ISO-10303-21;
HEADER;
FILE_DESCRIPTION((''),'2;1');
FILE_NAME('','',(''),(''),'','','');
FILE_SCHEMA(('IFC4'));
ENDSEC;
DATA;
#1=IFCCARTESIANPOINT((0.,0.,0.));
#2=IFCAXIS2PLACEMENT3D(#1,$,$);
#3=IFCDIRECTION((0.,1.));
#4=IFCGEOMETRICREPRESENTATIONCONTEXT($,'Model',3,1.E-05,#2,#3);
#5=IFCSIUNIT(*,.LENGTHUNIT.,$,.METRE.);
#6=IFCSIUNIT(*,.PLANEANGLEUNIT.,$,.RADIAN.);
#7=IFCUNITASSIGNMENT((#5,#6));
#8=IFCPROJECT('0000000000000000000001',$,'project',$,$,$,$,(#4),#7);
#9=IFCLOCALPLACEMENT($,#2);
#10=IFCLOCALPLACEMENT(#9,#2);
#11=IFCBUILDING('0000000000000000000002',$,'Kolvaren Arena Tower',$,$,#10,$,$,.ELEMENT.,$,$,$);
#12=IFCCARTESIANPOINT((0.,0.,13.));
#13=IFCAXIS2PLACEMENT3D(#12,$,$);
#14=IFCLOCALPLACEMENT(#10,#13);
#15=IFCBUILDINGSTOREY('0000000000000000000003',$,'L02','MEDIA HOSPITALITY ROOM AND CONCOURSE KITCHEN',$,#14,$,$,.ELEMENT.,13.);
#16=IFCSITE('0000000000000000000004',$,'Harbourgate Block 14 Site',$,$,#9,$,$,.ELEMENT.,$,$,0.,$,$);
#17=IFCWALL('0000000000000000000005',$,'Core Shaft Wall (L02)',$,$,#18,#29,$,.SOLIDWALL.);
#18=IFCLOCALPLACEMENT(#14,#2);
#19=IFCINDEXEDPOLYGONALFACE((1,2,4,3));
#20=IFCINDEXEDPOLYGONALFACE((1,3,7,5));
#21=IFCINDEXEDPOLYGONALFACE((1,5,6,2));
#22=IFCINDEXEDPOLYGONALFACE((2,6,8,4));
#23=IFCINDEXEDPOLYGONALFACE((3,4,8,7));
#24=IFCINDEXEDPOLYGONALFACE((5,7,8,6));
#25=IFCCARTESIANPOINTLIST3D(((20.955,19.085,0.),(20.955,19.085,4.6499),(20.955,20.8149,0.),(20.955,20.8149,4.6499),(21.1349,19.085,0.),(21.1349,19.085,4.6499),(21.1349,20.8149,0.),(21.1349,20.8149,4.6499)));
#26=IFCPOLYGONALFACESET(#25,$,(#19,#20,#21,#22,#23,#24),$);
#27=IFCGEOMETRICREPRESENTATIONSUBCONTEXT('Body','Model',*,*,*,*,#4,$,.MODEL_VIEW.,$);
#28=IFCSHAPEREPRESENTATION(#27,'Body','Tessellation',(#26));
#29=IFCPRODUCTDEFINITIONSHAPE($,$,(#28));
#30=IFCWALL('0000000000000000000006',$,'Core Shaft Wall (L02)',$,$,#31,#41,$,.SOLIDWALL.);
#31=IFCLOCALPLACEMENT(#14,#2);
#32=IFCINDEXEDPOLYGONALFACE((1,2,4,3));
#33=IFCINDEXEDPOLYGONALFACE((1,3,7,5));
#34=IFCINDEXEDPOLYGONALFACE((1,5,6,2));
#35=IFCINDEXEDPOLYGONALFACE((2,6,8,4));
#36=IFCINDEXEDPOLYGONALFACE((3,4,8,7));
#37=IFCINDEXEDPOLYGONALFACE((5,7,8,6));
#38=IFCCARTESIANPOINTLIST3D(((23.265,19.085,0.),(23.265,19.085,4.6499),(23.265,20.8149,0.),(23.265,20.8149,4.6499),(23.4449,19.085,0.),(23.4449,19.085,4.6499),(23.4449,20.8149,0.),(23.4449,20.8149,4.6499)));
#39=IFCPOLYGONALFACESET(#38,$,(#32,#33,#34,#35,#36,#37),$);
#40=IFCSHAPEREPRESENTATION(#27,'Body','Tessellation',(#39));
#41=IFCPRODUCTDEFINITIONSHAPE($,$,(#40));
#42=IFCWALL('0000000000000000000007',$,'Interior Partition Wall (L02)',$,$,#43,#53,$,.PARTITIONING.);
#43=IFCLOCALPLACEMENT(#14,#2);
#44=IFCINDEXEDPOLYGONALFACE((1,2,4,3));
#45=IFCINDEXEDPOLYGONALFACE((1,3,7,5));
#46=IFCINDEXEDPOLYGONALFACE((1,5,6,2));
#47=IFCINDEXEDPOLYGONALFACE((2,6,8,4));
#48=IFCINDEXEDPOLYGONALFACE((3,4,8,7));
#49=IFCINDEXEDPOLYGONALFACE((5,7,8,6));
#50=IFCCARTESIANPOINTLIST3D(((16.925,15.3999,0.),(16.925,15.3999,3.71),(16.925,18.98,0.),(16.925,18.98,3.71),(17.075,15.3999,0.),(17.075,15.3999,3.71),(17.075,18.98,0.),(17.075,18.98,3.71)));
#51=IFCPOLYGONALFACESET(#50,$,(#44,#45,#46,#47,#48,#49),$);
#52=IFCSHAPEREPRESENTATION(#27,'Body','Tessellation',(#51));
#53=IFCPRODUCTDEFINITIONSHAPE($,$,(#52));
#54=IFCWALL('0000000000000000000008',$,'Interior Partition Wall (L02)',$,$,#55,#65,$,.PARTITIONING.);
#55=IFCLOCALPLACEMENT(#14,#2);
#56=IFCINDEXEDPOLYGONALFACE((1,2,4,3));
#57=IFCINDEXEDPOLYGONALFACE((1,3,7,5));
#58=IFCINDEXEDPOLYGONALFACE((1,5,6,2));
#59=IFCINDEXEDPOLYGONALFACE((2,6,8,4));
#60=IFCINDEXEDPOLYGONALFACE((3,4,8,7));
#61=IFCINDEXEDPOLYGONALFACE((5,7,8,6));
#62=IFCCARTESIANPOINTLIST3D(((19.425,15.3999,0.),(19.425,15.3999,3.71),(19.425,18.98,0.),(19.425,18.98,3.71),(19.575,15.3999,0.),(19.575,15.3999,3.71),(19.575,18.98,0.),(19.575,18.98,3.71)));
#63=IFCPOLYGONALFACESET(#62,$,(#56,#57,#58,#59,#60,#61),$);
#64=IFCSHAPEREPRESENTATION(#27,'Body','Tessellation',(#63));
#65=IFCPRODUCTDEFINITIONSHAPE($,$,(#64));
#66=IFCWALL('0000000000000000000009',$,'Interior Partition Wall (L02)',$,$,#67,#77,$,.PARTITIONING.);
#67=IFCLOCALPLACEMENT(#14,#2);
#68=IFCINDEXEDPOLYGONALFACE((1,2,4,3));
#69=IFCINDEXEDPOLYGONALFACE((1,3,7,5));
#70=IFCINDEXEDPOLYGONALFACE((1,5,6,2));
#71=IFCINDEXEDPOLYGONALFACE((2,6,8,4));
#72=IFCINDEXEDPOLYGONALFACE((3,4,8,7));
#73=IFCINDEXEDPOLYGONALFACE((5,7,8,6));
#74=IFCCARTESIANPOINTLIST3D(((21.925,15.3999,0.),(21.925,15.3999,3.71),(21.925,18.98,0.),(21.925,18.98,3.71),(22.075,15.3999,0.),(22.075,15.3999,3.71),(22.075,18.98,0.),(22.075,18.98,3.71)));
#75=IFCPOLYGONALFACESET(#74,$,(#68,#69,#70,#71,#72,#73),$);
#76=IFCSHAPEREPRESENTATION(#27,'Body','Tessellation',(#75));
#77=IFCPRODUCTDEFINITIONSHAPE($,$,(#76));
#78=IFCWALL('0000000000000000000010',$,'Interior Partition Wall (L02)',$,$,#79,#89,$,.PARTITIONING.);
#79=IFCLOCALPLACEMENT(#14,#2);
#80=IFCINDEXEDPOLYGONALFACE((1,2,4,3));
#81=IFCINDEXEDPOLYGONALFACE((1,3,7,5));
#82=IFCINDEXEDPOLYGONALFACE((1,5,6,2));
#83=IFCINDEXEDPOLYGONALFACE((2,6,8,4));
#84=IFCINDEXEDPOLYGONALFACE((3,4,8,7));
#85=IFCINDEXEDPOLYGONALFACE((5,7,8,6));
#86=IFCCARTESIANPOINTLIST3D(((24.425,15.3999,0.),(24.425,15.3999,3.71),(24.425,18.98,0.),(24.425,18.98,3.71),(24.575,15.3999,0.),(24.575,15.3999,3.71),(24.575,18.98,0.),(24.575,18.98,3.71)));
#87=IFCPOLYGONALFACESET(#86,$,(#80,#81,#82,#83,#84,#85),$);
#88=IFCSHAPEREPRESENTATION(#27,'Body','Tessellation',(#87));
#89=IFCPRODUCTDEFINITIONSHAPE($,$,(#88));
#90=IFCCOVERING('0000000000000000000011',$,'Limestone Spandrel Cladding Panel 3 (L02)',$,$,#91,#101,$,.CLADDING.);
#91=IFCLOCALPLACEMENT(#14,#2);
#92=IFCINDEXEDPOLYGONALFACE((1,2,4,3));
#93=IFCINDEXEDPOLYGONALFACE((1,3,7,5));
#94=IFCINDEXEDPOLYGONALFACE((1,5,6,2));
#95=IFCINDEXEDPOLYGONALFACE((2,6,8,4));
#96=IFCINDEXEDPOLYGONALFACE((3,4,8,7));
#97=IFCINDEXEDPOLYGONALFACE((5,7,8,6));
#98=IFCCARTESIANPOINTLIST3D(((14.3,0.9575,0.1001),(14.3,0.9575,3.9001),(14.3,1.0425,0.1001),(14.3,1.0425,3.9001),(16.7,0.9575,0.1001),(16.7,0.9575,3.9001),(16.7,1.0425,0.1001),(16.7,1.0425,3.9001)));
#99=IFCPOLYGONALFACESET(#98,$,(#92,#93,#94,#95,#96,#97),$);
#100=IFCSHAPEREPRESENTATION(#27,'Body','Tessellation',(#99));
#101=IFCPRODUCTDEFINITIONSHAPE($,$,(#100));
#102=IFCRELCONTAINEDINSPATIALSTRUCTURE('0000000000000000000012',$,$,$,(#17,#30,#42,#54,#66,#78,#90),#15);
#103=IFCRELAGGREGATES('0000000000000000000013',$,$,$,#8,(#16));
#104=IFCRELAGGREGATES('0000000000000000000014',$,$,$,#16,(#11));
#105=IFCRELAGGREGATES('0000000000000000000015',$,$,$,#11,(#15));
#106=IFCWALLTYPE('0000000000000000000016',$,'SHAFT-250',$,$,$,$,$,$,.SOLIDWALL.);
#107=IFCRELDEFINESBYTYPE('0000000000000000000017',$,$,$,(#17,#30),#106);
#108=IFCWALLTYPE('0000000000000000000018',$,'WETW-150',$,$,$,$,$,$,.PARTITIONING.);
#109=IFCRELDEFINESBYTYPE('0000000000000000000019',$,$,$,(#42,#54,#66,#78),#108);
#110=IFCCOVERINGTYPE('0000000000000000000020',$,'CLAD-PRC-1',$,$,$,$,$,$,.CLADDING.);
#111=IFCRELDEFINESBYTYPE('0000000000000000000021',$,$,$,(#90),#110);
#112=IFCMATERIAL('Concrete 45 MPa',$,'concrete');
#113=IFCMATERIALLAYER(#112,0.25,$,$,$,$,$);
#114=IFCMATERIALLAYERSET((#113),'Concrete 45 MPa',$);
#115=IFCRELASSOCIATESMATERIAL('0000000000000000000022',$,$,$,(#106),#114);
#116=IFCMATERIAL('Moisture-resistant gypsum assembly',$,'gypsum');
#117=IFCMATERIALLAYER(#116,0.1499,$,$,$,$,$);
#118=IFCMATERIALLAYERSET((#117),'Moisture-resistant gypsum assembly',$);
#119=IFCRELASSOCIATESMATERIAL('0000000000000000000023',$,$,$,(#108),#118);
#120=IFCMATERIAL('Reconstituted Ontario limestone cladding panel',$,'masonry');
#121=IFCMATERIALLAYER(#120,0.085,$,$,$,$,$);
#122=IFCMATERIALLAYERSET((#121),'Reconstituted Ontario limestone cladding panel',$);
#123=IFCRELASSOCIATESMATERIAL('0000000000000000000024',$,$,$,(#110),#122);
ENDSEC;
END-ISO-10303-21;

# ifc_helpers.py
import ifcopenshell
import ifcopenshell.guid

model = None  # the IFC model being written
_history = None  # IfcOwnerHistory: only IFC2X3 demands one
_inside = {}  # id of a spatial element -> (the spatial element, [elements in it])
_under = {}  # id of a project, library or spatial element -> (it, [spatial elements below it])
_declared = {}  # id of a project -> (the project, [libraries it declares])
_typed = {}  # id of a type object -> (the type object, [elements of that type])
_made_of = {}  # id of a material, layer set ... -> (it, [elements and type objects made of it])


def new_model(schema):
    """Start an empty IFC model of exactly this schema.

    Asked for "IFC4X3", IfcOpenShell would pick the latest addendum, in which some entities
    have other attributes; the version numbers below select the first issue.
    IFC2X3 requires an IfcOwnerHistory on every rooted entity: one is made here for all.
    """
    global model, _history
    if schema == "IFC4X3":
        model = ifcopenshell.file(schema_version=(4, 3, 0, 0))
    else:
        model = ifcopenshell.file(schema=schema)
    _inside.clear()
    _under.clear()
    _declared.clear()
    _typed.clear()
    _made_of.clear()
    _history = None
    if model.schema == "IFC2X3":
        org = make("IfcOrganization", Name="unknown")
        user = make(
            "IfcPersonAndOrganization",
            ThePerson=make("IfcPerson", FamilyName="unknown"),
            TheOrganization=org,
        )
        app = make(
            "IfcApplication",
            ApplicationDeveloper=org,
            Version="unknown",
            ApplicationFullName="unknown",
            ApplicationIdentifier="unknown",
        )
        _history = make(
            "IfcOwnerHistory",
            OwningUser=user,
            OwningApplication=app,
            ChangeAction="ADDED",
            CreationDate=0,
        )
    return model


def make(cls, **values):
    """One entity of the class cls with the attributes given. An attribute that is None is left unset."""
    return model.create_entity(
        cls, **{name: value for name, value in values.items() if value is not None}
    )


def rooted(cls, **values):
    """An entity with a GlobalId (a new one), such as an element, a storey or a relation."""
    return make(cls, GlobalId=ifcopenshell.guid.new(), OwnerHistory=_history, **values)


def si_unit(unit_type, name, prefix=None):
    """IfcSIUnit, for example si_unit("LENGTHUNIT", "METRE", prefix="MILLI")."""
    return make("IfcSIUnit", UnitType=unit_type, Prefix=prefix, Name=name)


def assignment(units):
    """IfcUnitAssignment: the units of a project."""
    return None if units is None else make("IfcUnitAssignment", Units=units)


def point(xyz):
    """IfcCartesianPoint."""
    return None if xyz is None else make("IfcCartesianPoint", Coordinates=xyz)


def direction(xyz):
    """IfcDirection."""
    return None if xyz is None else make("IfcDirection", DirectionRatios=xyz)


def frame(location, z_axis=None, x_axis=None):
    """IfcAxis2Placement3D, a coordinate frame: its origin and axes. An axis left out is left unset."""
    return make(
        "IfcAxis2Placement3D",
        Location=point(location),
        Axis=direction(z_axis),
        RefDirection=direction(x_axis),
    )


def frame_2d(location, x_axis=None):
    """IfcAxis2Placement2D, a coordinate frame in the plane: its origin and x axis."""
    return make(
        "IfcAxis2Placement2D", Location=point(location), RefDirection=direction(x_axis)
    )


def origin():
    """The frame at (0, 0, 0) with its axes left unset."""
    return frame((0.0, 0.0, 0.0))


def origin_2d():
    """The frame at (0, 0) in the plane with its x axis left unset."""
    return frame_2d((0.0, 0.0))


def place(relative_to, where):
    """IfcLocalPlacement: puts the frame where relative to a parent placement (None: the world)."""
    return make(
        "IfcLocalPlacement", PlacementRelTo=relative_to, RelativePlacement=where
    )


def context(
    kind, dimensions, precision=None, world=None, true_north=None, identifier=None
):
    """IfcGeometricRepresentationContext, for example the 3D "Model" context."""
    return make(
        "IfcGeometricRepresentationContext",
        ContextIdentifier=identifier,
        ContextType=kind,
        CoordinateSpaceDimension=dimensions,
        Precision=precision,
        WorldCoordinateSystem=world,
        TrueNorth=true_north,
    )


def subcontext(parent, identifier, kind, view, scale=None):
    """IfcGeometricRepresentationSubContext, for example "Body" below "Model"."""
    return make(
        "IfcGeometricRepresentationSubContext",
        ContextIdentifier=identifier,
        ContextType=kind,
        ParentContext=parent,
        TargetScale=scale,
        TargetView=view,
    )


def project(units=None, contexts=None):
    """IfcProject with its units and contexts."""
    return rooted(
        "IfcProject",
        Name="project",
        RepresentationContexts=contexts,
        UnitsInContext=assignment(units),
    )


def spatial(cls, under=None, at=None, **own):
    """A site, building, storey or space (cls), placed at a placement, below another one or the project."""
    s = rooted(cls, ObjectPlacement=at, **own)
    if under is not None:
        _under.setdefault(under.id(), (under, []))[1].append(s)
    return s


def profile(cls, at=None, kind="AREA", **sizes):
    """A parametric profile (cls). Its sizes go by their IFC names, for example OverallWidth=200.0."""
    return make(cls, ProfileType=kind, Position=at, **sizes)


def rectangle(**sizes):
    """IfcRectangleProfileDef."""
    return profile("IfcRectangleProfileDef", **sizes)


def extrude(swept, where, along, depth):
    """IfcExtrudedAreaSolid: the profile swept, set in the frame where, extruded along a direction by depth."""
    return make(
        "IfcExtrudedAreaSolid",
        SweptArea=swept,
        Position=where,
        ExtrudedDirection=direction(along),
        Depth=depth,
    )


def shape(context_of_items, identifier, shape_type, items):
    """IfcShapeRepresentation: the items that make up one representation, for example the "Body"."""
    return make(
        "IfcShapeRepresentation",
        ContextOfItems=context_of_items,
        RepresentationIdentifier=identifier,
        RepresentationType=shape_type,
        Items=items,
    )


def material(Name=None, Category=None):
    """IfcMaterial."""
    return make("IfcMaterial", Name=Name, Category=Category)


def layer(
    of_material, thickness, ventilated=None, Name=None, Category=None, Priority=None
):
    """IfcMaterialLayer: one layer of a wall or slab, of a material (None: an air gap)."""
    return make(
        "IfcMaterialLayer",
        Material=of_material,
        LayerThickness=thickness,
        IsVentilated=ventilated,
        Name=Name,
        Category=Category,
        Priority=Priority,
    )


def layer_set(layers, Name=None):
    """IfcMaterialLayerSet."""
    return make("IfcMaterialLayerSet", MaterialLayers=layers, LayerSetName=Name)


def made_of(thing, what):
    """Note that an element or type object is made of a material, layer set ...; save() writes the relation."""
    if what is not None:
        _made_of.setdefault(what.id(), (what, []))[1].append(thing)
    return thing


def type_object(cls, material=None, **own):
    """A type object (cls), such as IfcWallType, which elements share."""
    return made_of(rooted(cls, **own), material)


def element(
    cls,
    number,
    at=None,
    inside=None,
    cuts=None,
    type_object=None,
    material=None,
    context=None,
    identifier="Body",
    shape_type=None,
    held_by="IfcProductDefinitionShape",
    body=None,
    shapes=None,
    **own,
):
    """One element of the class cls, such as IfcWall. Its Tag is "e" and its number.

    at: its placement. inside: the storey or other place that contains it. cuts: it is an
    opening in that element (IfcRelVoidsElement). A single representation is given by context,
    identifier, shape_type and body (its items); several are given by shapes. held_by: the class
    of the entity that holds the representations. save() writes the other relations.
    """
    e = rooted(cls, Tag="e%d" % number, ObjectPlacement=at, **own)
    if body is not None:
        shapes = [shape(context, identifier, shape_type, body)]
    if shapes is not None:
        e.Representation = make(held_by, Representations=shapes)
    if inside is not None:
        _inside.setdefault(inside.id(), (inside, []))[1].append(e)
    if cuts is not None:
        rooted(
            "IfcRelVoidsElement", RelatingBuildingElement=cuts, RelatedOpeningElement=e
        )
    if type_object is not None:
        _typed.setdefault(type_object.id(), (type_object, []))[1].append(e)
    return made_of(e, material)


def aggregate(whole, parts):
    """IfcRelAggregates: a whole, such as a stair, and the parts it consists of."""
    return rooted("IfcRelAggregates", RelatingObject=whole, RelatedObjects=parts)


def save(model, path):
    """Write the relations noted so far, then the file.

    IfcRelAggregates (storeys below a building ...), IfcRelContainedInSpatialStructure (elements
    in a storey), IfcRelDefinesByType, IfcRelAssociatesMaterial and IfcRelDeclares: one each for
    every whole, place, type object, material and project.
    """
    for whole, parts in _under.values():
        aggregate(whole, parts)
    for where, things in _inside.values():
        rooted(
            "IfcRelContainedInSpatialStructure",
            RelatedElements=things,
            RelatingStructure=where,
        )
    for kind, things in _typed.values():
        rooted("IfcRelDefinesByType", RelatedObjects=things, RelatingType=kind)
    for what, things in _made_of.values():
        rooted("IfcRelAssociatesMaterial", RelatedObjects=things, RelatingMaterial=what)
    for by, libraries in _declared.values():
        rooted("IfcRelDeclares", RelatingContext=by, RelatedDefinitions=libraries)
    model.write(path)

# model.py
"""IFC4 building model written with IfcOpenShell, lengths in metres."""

from ifc_helpers import new_model, si_unit, direction, frame, frame_2d, origin, origin_2d, place, context, subcontext, project, spatial, rectangle, extrude, material, layer, layer_set, type_object, element, save


model = new_model("IFC4")

# Units and contexts
model_context = context("Model", 3, precision=1e-05, world=origin(), true_north=direction((0.0, 1.0)))
body_context = subcontext(model_context, "Body", "Model", "MODEL_VIEW")
ifc_project = project(units=[si_unit("LENGTHUNIT", "METRE"), si_unit("PLANEANGLEUNIT", "RADIAN")], contexts=[model_context])

# Site, building, storey
site_placement = place(None, origin())
site = spatial("IfcSite", under=ifc_project, at=site_placement, Name="Harbourgate Block 14 Site", CompositionType="ELEMENT", RefElevation=0.0)
building_placement = place(site_placement, origin())
building = spatial("IfcBuilding", under=site, at=building_placement, Name="Kolvaren Arena Tower", CompositionType="ELEMENT")
storey_placement = place(building_placement, frame((0.0, 0.0, 13.0)))
storey = spatial("IfcBuildingStorey", under=building, at=storey_placement, Name="L02", Description="MEDIA HOSPITALITY ROOM AND CONCOURSE KITCHEN", CompositionType="ELEMENT", Elevation=13.0)

# Walls
ifc_material_1 = material(Name="Concrete 45 MPa", Category="concrete")
ifc_layer_1 = layer(ifc_material_1, 0.25)
ifc_layer_set_1 = layer_set([ifc_layer_1], Name="Concrete 45 MPa")
wall_type_1 = type_object("IfcWallType", Name="SHAFT-250", PredefinedType="SOLIDWALL", material=ifc_layer_set_1)
for number, where, z_axis, x_axis, name in (
    (1, (21.0449, 19.085, 0.0), (0.0, 0.0, 1.0), (0.0, 1.0, 0.0), "Core Shaft Wall (L02)"),
    (2, (23.355, 19.085, 0.0), (0.0, 0.0, 1.0), (0.0, 1.0, 0.0), "Core Shaft Wall (L02)"),
):
    element("IfcWall", number, at=place(storey_placement, frame(where, z_axis=z_axis, x_axis=x_axis)), inside=storey, type_object=wall_type_1, Name=name, PredefinedType="SOLIDWALL", context=body_context, shape_type="SweptSolid", body=[
        extrude(rectangle(XDim=1.73, YDim=0.1799, at=frame_2d((0.865, 0.0))), origin(), (0.0, 0.0, 1.0), 4.6499),
    ])
ifc_material_2 = material(Name="Moisture-resistant gypsum assembly", Category="gypsum")
ifc_layer_2 = layer(ifc_material_2, 0.1499)
ifc_layer_set_2 = layer_set([ifc_layer_2], Name="Moisture-resistant gypsum assembly")
wall_type_2 = type_object("IfcWallType", Name="WETW-150", PredefinedType="PARTITIONING", material=ifc_layer_set_2)
for number, where, z_axis, x_axis, name in (
    (3, (17.0, 15.3999, 0.0), (0.0, 0.0, 1.0), (0.0, 1.0, 0.0), "Interior Partition Wall (L02)"),
    (4, (19.5, 15.3999, 0.0), (0.0, 0.0, 1.0), (0.0, 1.0, 0.0), "Interior Partition Wall (L02)"),
    (5, (22.0, 15.3999, 0.0), (0.0, 0.0, 1.0), (0.0, 1.0, 0.0), "Interior Partition Wall (L02)"),
    (6, (24.5, 15.3999, 0.0), (0.0, 0.0, 1.0), (0.0, 1.0, 0.0), "Interior Partition Wall (L02)"),
):
    element("IfcWall", number, at=place(storey_placement, frame(where, z_axis=z_axis, x_axis=x_axis)), inside=storey, type_object=wall_type_2, Name=name, PredefinedType="PARTITIONING", context=body_context, shape_type="SweptSolid", body=[
        extrude(rectangle(XDim=3.5801, YDim=0.1499, at=frame_2d((1.79, 0.0))), origin(), (0.0, 0.0, 1.0), 3.71),
    ])

# Covering
ifc_material_3 = material(Name="Reconstituted Ontario limestone cladding panel", Category="masonry")
ifc_layer_3 = layer(ifc_material_3, 0.085)
ifc_layer_set_3 = layer_set([ifc_layer_3], Name="Reconstituted Ontario limestone cladding panel")
covering_type = type_object("IfcCoveringType", Name="CLAD-PRC-1", PredefinedType="CLADDING", material=ifc_layer_set_3)
covering_placement = place(storey_placement, frame((15.5, 1.0, 0.1001), z_axis=(0.0, 0.0, 1.0), x_axis=(1.0, 0.0, 0.0)))
element("IfcCovering", 7, at=covering_placement, inside=storey, type_object=covering_type, Name="Limestone Spandrel Cladding Panel 3 (L02)", PredefinedType="CLADDING", context=body_context, shape_type="SweptSolid", body=[
    extrude(rectangle(XDim=2.3999, YDim=0.085, at=origin_2d()), origin(), (0.0, 0.0, 1.0), 3.8),
])

save(model, "model.ifc")
